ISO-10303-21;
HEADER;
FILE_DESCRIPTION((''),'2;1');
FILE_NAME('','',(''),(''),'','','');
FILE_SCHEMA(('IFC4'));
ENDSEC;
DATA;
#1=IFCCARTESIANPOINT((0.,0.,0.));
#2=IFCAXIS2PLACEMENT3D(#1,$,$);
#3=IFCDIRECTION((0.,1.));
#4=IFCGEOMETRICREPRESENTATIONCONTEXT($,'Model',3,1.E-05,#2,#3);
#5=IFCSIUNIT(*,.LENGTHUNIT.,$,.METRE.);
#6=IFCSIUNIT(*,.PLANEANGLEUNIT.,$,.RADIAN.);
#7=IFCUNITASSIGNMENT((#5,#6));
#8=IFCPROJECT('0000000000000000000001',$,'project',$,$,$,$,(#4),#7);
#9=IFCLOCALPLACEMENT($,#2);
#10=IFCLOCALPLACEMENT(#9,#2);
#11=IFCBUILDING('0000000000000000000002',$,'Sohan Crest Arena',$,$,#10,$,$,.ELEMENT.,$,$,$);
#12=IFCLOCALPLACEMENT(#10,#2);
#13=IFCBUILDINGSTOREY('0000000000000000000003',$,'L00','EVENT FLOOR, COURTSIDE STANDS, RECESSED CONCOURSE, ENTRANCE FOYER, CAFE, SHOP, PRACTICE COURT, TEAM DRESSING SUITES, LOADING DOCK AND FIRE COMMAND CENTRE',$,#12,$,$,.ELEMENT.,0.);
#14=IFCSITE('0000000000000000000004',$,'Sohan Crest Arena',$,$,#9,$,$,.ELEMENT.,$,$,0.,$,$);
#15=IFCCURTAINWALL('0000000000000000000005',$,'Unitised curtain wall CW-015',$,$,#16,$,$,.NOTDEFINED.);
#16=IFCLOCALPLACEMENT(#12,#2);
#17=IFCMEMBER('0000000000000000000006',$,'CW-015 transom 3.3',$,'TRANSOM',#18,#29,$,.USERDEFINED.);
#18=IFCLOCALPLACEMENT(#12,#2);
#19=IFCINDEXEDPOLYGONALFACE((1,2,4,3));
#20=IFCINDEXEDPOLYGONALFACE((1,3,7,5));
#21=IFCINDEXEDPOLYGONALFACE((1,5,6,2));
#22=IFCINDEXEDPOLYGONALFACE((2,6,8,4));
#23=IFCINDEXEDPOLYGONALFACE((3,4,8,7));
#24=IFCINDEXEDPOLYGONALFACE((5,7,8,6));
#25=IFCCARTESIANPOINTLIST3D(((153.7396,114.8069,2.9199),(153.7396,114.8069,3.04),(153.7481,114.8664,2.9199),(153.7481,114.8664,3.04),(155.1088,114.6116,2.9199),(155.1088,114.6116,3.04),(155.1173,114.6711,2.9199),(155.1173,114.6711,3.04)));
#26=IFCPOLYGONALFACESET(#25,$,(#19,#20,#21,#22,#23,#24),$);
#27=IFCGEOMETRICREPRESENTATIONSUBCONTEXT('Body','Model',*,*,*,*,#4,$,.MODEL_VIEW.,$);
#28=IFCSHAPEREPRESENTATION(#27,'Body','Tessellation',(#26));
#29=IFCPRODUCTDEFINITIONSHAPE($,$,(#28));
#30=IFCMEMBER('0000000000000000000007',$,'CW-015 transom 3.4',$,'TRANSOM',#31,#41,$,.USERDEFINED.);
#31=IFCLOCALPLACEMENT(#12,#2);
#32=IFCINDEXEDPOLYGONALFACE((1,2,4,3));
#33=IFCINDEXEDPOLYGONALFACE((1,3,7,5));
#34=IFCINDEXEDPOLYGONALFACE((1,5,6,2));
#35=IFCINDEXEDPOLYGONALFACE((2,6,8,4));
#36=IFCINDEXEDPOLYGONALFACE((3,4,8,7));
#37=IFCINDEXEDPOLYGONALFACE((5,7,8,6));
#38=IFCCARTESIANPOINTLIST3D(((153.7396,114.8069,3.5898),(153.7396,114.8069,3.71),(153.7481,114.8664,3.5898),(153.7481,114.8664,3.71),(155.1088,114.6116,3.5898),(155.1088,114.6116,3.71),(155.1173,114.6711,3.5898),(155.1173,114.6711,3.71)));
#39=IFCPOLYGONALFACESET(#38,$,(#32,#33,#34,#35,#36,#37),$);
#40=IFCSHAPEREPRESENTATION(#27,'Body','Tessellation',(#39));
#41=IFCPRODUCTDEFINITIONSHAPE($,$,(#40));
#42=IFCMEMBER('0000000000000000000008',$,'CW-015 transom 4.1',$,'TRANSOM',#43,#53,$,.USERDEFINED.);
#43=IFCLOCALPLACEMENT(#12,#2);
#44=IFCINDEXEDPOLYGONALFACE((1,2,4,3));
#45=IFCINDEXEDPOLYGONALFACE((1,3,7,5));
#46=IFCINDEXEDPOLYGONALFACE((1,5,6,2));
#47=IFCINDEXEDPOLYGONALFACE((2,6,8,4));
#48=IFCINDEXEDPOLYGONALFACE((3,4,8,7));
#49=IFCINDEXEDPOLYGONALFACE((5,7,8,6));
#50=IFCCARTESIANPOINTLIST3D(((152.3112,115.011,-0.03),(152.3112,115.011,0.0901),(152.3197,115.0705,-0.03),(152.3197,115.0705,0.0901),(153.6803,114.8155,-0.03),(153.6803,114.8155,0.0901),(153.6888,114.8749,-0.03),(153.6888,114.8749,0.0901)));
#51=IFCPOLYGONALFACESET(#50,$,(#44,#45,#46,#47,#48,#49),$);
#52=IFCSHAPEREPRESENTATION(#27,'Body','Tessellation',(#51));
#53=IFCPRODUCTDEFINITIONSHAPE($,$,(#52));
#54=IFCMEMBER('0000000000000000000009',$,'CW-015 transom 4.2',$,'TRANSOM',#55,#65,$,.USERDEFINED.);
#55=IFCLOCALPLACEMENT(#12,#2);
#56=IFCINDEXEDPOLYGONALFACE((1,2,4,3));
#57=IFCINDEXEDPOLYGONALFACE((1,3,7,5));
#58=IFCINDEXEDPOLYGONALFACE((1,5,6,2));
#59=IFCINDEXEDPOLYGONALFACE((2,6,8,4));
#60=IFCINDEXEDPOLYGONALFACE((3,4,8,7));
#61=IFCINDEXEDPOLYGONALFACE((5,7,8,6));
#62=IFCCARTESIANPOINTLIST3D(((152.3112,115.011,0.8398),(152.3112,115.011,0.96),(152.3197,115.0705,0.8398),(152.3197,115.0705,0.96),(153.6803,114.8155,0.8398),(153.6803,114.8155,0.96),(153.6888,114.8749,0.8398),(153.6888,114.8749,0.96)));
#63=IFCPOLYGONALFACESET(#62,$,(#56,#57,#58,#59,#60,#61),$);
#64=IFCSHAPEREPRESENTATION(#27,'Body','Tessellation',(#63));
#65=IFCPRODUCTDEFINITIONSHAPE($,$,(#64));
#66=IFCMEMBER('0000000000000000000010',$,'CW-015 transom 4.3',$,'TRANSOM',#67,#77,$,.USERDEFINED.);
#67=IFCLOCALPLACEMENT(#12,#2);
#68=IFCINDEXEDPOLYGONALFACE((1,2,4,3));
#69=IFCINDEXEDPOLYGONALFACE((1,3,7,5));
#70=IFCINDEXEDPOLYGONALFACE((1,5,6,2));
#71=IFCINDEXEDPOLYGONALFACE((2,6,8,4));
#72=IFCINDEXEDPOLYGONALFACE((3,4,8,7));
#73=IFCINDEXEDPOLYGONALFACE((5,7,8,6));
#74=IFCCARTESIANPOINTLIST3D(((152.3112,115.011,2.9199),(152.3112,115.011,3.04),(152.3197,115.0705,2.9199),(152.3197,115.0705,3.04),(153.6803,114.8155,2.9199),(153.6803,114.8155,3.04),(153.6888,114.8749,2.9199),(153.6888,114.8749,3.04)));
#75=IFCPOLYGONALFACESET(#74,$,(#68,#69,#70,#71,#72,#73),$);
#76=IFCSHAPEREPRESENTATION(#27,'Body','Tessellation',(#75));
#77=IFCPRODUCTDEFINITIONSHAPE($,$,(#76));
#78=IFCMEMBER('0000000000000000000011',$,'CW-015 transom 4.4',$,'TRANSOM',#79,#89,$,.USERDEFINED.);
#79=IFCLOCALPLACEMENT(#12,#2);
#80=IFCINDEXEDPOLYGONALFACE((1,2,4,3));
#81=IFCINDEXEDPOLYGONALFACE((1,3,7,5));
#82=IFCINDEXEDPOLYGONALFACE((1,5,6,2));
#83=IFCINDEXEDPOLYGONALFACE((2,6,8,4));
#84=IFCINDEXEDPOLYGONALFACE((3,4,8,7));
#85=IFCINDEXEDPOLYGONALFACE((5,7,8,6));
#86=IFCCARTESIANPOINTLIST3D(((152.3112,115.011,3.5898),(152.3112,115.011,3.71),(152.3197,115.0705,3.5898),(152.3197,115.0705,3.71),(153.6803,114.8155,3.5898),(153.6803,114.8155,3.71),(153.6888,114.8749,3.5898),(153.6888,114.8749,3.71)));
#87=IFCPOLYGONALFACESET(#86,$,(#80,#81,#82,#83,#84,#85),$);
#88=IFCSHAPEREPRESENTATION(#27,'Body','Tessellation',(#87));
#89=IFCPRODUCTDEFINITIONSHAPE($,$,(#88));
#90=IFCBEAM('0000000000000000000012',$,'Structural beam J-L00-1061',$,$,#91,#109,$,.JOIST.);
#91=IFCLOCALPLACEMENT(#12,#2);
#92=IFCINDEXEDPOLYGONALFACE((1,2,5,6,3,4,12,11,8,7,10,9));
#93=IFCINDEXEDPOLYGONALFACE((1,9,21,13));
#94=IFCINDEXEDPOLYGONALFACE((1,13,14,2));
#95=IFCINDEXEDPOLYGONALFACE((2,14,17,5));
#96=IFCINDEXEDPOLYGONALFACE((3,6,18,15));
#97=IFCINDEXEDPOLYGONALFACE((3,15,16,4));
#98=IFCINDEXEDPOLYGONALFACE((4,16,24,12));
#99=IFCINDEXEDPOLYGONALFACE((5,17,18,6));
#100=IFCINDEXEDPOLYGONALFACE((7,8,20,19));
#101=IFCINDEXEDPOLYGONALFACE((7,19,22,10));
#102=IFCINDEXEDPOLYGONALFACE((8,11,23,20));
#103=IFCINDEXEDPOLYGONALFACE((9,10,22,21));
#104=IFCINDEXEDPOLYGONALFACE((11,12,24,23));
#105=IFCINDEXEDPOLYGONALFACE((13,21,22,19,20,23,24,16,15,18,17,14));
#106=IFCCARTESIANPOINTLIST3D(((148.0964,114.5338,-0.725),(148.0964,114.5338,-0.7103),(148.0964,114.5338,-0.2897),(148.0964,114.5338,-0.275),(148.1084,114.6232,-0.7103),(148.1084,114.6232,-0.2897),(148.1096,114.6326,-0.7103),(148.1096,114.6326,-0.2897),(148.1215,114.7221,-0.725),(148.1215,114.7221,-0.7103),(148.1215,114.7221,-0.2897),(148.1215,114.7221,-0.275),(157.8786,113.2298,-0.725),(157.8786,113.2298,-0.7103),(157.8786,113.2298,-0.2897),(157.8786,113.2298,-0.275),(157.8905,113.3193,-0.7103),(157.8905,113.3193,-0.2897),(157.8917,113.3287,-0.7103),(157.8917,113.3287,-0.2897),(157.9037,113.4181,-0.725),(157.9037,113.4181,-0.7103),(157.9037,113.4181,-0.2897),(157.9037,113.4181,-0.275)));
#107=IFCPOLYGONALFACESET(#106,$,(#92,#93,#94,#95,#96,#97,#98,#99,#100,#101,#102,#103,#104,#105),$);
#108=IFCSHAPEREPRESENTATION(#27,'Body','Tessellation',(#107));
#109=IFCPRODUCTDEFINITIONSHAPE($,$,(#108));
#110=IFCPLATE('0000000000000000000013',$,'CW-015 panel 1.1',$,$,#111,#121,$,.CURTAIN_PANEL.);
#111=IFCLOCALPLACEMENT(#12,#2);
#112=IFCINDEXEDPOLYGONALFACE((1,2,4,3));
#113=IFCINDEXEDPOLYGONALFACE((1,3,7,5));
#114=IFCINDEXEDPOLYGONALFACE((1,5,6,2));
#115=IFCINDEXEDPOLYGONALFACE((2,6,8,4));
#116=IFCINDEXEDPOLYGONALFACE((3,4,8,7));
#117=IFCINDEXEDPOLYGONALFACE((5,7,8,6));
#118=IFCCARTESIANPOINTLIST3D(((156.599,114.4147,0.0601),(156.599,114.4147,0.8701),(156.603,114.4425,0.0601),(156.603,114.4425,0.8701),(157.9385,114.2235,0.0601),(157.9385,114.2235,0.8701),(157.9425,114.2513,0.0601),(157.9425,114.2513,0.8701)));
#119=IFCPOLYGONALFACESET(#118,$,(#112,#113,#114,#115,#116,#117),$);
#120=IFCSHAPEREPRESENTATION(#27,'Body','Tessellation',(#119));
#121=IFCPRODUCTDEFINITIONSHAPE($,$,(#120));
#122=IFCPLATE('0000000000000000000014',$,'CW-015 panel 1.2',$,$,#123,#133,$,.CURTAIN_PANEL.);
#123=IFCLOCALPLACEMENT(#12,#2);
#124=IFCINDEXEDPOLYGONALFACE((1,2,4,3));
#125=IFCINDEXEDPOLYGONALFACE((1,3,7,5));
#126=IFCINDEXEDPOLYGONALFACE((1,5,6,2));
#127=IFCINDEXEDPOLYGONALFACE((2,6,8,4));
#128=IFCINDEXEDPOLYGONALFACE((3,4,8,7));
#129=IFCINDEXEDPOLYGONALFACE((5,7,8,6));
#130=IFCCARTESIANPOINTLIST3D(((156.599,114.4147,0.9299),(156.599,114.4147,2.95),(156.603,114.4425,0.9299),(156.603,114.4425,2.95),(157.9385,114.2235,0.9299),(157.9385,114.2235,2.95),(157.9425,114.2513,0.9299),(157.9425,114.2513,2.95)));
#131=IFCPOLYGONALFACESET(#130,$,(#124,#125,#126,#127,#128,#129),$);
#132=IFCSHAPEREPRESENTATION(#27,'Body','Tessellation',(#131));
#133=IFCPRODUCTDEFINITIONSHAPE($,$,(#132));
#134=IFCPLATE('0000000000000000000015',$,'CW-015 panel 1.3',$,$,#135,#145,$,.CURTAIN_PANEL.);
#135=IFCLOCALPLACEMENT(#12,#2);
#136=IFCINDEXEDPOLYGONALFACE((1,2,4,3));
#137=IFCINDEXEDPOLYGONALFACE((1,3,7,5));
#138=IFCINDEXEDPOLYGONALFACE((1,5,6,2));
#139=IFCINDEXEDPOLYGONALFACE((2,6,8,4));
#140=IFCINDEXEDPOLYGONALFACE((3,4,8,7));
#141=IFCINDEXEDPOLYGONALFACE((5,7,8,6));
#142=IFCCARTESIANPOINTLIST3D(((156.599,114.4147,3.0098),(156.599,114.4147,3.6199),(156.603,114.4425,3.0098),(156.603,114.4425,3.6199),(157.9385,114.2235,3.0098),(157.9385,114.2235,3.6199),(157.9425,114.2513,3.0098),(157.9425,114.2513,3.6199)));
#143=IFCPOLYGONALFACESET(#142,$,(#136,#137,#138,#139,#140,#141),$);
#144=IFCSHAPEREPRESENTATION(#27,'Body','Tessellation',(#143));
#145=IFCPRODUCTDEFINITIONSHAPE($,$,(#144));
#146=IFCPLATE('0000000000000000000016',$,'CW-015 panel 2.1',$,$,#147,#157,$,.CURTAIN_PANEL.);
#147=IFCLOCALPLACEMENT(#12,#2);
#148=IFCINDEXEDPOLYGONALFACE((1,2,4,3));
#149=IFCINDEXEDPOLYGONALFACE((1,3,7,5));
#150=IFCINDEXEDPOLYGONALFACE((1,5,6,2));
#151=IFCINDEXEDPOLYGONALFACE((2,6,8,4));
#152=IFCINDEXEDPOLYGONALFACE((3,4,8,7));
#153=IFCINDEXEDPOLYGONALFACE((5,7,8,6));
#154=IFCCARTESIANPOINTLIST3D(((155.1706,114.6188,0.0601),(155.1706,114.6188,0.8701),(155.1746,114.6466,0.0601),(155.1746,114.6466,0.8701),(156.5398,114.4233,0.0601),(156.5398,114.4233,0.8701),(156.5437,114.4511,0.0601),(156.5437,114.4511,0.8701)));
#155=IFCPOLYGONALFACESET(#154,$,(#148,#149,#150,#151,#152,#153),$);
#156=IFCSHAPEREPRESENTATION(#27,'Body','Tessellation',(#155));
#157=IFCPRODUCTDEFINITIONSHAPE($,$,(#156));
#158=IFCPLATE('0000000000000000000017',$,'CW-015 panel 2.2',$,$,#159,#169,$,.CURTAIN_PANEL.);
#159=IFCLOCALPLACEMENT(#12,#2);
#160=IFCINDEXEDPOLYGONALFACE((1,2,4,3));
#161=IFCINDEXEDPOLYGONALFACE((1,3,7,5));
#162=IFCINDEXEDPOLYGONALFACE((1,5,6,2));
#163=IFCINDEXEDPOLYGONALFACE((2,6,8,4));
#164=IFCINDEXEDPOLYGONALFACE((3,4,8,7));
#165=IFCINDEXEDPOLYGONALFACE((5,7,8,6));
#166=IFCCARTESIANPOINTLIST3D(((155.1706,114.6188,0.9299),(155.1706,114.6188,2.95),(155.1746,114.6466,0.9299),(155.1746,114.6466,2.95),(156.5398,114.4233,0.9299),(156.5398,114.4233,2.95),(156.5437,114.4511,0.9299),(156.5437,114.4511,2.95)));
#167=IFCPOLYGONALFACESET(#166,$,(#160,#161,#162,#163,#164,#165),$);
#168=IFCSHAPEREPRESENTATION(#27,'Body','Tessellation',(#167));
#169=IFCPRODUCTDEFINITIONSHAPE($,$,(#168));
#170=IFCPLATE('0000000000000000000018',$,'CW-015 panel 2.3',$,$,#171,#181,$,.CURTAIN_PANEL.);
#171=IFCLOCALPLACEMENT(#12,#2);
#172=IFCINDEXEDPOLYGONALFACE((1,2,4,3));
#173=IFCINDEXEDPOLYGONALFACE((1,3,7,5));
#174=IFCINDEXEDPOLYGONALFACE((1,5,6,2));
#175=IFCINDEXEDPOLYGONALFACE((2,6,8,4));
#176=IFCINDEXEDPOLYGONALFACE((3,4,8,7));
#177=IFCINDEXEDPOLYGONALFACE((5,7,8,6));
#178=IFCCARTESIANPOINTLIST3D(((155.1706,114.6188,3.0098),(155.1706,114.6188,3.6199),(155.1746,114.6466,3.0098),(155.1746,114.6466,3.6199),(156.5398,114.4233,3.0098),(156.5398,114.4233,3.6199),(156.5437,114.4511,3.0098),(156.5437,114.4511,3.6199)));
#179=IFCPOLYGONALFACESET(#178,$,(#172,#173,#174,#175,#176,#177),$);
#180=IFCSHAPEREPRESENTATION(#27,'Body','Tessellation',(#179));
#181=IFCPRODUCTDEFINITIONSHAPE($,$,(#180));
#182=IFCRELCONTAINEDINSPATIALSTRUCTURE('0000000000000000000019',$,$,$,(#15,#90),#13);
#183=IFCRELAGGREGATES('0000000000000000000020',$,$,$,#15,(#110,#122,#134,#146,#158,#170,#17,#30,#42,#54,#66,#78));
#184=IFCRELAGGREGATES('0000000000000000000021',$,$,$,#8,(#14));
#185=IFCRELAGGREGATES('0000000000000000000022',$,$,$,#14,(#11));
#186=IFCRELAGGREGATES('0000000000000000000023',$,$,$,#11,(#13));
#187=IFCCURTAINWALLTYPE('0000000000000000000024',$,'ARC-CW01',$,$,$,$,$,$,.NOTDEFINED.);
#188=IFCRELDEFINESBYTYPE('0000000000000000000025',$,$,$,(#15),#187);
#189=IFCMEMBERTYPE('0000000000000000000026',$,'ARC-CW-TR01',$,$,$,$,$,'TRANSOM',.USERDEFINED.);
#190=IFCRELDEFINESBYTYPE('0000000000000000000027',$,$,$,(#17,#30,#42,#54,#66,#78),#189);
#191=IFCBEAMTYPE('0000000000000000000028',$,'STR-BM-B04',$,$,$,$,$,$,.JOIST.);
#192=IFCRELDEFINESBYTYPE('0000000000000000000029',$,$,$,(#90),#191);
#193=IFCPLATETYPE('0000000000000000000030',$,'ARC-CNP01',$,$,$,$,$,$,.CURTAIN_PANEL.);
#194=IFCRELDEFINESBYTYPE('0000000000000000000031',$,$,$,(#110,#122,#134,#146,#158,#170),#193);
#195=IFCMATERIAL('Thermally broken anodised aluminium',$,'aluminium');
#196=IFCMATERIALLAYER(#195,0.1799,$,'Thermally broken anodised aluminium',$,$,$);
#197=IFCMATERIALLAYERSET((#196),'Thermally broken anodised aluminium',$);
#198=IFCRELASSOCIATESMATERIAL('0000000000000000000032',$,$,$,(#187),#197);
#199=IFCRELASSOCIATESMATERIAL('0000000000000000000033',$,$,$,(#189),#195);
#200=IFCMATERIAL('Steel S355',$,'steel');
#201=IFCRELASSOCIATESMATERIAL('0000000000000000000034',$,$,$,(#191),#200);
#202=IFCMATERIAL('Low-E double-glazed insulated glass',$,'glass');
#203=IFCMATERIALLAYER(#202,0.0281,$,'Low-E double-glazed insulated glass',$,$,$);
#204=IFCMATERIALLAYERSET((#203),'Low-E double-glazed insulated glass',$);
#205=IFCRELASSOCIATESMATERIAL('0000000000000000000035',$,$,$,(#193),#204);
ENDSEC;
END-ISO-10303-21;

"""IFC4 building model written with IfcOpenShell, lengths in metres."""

from ifc_helpers import new_model, si_unit, direction, frame, origin, origin_2d, place, context, subcontext, project, spatial, rectangle, i_section, extrude, material, layer, layer_set, material_profile, profile_set, type_object, element, aggregate, save


model = new_model("IFC4")

# Units and contexts
model_context = context("Model", 3, precision=1e-05, world=origin(), true_north=direction((0.0, 1.0)))
body_context = subcontext(model_context, "Body", "Model", "MODEL_VIEW")
ifc_project = project(units=[si_unit("LENGTHUNIT", "METRE"), si_unit("PLANEANGLEUNIT", "RADIAN")], contexts=[model_context])

# Site, building, storey
site_placement = place(None, origin())
site = spatial("IfcSite", under=ifc_project, at=site_placement, Name="Sohan Crest Arena", CompositionType="ELEMENT", RefElevation=0.0)
building_placement = place(site_placement, origin())
building = spatial("IfcBuilding", under=site, at=building_placement, Name="Sohan Crest Arena", CompositionType="ELEMENT")
storey_placement = place(building_placement, origin())
storey = spatial("IfcBuildingStorey", under=building, at=storey_placement, Name="L00", Description="EVENT FLOOR, COURTSIDE STANDS, RECESSED CONCOURSE, ENTRANCE FOYER, CAFE, SHOP, PRACTICE COURT, TEAM DRESSING SUITES, LOADING DOCK AND FIRE COMMAND CENTRE", CompositionType="ELEMENT", Elevation=0.0)

# Curtain wall, members
ifc_material_1 = material(Name="Thermally broken anodised aluminium", Category="aluminium")
ifc_layer_1 = layer(ifc_material_1, 0.1799, Name="Thermally broken anodised aluminium")
ifc_layer_set_1 = layer_set([ifc_layer_1], Name="Thermally broken anodised aluminium")
curtain_wall_type = type_object("IfcCurtainWallType", Name="ARC-CW01", PredefinedType="NOTDEFINED", material=ifc_layer_set_1)
curtain_wall_placement = place(storey_placement, origin())
curtain_wall = element("IfcCurtainWall", 1, at=curtain_wall_placement, inside=storey, type_object=curtain_wall_type, Name="Unitised curtain wall CW-015", PredefinedType="NOTDEFINED")
ifc_material_profile_1 = material_profile(ifc_material_1, rectangle(XDim=0.0601, YDim=0.1201, at=origin_2d()), Name="ALU-TRAN 60x120")
ifc_profile_set_1 = profile_set([ifc_material_profile_1], Name="Thermally broken anodised aluminium")
member_type_1 = type_object("IfcMemberType", Name="ARC-CW-TR01", ElementType="TRANSOM", PredefinedType="USERDEFINED", material=ifc_profile_set_1)
member_1_placement = place(storey_placement, frame((155.113, 114.6414, 2.98), z_axis=(-0.989978, 0.141224, 0.0), x_axis=(-0.141224, -0.989978, 0.0)))
member_1 = element("IfcMember", 2, at=member_1_placement, type_object=member_type_1, Name="CW-015 transom 3.3", ObjectType="TRANSOM", PredefinedType="USERDEFINED", context=body_context, shape_type="SweptSolid", body=[
    extrude(rectangle(XDim=0.0601, YDim=0.1201, at=origin_2d()), origin(), (0.0, 0.0, 1.0), 1.3831),
])
member_2_placement = place(storey_placement, frame((155.113, 114.6414, 3.6499), z_axis=(-0.989978, 0.141224, 0.0), x_axis=(-0.141224, -0.989978, 0.0)))
member_2 = element("IfcMember", 3, at=member_2_placement, type_object=member_type_1, Name="CW-015 transom 3.4", ObjectType="TRANSOM", PredefinedType="USERDEFINED", context=body_context, shape_type="SweptSolid", body=[
    extrude(rectangle(XDim=0.0601, YDim=0.1201, at=origin_2d()), origin(), (0.0, 0.0, 1.0), 1.3831),
])
member_3_placement = place(storey_placement, frame((153.6846, 114.8452, 0.03), z_axis=(-0.989953, 0.141397, 0.0), x_axis=(-0.141397, -0.989953, 0.0)))
member_3 = element("IfcMember", 4, at=member_3_placement, type_object=member_type_1, Name="CW-015 transom 4.1", ObjectType="TRANSOM", PredefinedType="USERDEFINED", context=body_context, shape_type="SweptSolid", body=[
    extrude(rectangle(XDim=0.0601, YDim=0.1201, at=origin_2d()), origin(), (0.0, 0.0, 1.0), 1.3831),
])
member_4_placement = place(storey_placement, frame((153.6846, 114.8452, 0.8999), z_axis=(-0.989953, 0.141397, 0.0), x_axis=(-0.141397, -0.989953, 0.0)))
member_4 = element("IfcMember", 5, at=member_4_placement, type_object=member_type_1, Name="CW-015 transom 4.2", ObjectType="TRANSOM", PredefinedType="USERDEFINED", context=body_context, shape_type="SweptSolid", body=[
    extrude(rectangle(XDim=0.0601, YDim=0.1201, at=origin_2d()), origin(), (0.0, 0.0, 1.0), 1.3831),
])
member_5_placement = place(storey_placement, frame((153.6846, 114.8452, 2.98), z_axis=(-0.989953, 0.141397, 0.0), x_axis=(-0.141397, -0.989953, 0.0)))
member_5 = element("IfcMember", 6, at=member_5_placement, type_object=member_type_1, Name="CW-015 transom 4.3", ObjectType="TRANSOM", PredefinedType="USERDEFINED", context=body_context, shape_type="SweptSolid", body=[
    extrude(rectangle(XDim=0.0601, YDim=0.1201, at=origin_2d()), origin(), (0.0, 0.0, 1.0), 1.3831),
])
member_6_placement = place(storey_placement, frame((153.6846, 114.8452, 3.6499), z_axis=(-0.989953, 0.141397, 0.0), x_axis=(-0.141397, -0.989953, 0.0)))
member_6 = element("IfcMember", 7, at=member_6_placement, type_object=member_type_1, Name="CW-015 transom 4.4", ObjectType="TRANSOM", PredefinedType="USERDEFINED", context=body_context, shape_type="SweptSolid", body=[
    extrude(rectangle(XDim=0.0601, YDim=0.1201, at=origin_2d()), origin(), (0.0, 0.0, 1.0), 1.3831),
])

# Beam
ifc_material_2 = material(Name="Steel S355", Category="steel")
ifc_material_profile_2 = material_profile(ifc_material_2, i_section(OverallWidth=0.1899, OverallDepth=0.45, WebThickness=0.0095, FlangeThickness=0.0146, at=origin_2d()), Name="IPE 450")
ifc_profile_set_2 = profile_set([ifc_material_profile_2], Name="Steel S355")
beam_type = type_object("IfcBeamType", Name="STR-BM-B04", PredefinedType="JOIST", material=ifc_profile_set_2)
beam_placement = place(storey_placement, frame((157.8911, 113.324, -0.5), z_axis=(-0.991232, 0.13213, 0.0), x_axis=(-0.13213, -0.991232, 0.0)))
element("IfcBeam", 8, at=beam_placement, inside=storey, type_object=beam_type, Name="Structural beam J-L00-1061", PredefinedType="JOIST", context=body_context, shape_type="SweptSolid", body=[
    extrude(i_section(OverallWidth=0.1899, OverallDepth=0.45, WebThickness=0.0095, FlangeThickness=0.0146, at=origin_2d()), origin(), (0.0, 0.0, 1.0), 9.8687),
])

# Plates
ifc_material_3 = material(Name="Low-E double-glazed insulated glass", Category="glass")
ifc_layer_2 = layer(ifc_material_3, 0.0281, Name="Low-E double-glazed insulated glass")
ifc_layer_set_2 = layer_set([ifc_layer_2], Name="Low-E double-glazed insulated glass")
plate_type = type_object("IfcPlateType", Name="ARC-CNP01", PredefinedType="CURTAIN_PANEL", material=ifc_layer_set_2)
plate_1_placement = place(storey_placement, frame((157.2708, 114.333, 0.0601), z_axis=(0.0, 0.0, 1.0), x_axis=(-0.989957, 0.141366, 0.0)))
plate_1 = element("IfcPlate", 9, at=plate_1_placement, type_object=plate_type, Name="CW-015 panel 1.1", PredefinedType="CURTAIN_PANEL", context=body_context, shape_type="SweptSolid", body=[
    extrude(rectangle(XDim=1.353, YDim=0.0281, at=origin_2d()), origin(), (0.0, 0.0, 1.0), 0.8101),
])
plate_2_placement = place(storey_placement, frame((157.2708, 114.333, 0.9299), z_axis=(0.0, 0.0, 1.0), x_axis=(-0.989957, 0.141366, 0.0)))
plate_2 = element("IfcPlate", 10, at=plate_2_placement, type_object=plate_type, Name="CW-015 panel 1.2", PredefinedType="CURTAIN_PANEL", context=body_context, shape_type="SweptSolid", body=[
    extrude(rectangle(XDim=1.353, YDim=0.0281, at=origin_2d()), origin(), (0.0, 0.0, 1.0), 2.02),
])
plate_3_placement = place(storey_placement, frame((157.2708, 114.333, 3.0098), z_axis=(0.0, 0.0, 1.0), x_axis=(-0.989957, 0.141366, 0.0)))
plate_3 = element("IfcPlate", 11, at=plate_3_placement, type_object=plate_type, Name="CW-015 panel 1.3", PredefinedType="CURTAIN_PANEL", context=body_context, shape_type="SweptSolid", body=[
    extrude(rectangle(XDim=1.353, YDim=0.0281, at=origin_2d()), origin(), (0.0, 0.0, 1.0), 0.6101),
])
plate_4_placement = place(storey_placement, frame((155.8572, 114.5349, 0.0601), z_axis=(0.0, 0.0, 1.0), x_axis=(-0.989957, 0.141366, 0.0)))
plate_4 = element("IfcPlate", 12, at=plate_4_placement, type_object=plate_type, Name="CW-015 panel 2.1", PredefinedType="CURTAIN_PANEL", context=body_context, shape_type="SweptSolid", body=[
    extrude(rectangle(XDim=1.3831, YDim=0.0281, at=origin_2d()), origin(), (0.0, 0.0, 1.0), 0.8101),
])
plate_5_placement = place(storey_placement, frame((155.8572, 114.5349, 0.9299), z_axis=(0.0, 0.0, 1.0), x_axis=(-0.989957, 0.141366, 0.0)))
plate_5 = element("IfcPlate", 13, at=plate_5_placement, type_object=plate_type, Name="CW-015 panel 2.2", PredefinedType="CURTAIN_PANEL", context=body_context, shape_type="SweptSolid", body=[
    extrude(rectangle(XDim=1.3831, YDim=0.0281, at=origin_2d()), origin(), (0.0, 0.0, 1.0), 2.02),
])
plate_6_placement = place(storey_placement, frame((155.8572, 114.5349, 3.0098), z_axis=(0.0, 0.0, 1.0), x_axis=(-0.989957, 0.141366, 0.0)))
plate_6 = element("IfcPlate", 14, at=plate_6_placement, type_object=plate_type, Name="CW-015 panel 2.3", PredefinedType="CURTAIN_PANEL", context=body_context, shape_type="SweptSolid", body=[
    extrude(rectangle(XDim=1.3831, YDim=0.0281, at=origin_2d()), origin(), (0.0, 0.0, 1.0), 0.6101),
])
aggregate(curtain_wall, [plate_1, plate_2, plate_3, plate_4, plate_5, plate_6, member_1, member_2, member_3, member_4, member_5, member_6])

save(model, "model.ifc")
